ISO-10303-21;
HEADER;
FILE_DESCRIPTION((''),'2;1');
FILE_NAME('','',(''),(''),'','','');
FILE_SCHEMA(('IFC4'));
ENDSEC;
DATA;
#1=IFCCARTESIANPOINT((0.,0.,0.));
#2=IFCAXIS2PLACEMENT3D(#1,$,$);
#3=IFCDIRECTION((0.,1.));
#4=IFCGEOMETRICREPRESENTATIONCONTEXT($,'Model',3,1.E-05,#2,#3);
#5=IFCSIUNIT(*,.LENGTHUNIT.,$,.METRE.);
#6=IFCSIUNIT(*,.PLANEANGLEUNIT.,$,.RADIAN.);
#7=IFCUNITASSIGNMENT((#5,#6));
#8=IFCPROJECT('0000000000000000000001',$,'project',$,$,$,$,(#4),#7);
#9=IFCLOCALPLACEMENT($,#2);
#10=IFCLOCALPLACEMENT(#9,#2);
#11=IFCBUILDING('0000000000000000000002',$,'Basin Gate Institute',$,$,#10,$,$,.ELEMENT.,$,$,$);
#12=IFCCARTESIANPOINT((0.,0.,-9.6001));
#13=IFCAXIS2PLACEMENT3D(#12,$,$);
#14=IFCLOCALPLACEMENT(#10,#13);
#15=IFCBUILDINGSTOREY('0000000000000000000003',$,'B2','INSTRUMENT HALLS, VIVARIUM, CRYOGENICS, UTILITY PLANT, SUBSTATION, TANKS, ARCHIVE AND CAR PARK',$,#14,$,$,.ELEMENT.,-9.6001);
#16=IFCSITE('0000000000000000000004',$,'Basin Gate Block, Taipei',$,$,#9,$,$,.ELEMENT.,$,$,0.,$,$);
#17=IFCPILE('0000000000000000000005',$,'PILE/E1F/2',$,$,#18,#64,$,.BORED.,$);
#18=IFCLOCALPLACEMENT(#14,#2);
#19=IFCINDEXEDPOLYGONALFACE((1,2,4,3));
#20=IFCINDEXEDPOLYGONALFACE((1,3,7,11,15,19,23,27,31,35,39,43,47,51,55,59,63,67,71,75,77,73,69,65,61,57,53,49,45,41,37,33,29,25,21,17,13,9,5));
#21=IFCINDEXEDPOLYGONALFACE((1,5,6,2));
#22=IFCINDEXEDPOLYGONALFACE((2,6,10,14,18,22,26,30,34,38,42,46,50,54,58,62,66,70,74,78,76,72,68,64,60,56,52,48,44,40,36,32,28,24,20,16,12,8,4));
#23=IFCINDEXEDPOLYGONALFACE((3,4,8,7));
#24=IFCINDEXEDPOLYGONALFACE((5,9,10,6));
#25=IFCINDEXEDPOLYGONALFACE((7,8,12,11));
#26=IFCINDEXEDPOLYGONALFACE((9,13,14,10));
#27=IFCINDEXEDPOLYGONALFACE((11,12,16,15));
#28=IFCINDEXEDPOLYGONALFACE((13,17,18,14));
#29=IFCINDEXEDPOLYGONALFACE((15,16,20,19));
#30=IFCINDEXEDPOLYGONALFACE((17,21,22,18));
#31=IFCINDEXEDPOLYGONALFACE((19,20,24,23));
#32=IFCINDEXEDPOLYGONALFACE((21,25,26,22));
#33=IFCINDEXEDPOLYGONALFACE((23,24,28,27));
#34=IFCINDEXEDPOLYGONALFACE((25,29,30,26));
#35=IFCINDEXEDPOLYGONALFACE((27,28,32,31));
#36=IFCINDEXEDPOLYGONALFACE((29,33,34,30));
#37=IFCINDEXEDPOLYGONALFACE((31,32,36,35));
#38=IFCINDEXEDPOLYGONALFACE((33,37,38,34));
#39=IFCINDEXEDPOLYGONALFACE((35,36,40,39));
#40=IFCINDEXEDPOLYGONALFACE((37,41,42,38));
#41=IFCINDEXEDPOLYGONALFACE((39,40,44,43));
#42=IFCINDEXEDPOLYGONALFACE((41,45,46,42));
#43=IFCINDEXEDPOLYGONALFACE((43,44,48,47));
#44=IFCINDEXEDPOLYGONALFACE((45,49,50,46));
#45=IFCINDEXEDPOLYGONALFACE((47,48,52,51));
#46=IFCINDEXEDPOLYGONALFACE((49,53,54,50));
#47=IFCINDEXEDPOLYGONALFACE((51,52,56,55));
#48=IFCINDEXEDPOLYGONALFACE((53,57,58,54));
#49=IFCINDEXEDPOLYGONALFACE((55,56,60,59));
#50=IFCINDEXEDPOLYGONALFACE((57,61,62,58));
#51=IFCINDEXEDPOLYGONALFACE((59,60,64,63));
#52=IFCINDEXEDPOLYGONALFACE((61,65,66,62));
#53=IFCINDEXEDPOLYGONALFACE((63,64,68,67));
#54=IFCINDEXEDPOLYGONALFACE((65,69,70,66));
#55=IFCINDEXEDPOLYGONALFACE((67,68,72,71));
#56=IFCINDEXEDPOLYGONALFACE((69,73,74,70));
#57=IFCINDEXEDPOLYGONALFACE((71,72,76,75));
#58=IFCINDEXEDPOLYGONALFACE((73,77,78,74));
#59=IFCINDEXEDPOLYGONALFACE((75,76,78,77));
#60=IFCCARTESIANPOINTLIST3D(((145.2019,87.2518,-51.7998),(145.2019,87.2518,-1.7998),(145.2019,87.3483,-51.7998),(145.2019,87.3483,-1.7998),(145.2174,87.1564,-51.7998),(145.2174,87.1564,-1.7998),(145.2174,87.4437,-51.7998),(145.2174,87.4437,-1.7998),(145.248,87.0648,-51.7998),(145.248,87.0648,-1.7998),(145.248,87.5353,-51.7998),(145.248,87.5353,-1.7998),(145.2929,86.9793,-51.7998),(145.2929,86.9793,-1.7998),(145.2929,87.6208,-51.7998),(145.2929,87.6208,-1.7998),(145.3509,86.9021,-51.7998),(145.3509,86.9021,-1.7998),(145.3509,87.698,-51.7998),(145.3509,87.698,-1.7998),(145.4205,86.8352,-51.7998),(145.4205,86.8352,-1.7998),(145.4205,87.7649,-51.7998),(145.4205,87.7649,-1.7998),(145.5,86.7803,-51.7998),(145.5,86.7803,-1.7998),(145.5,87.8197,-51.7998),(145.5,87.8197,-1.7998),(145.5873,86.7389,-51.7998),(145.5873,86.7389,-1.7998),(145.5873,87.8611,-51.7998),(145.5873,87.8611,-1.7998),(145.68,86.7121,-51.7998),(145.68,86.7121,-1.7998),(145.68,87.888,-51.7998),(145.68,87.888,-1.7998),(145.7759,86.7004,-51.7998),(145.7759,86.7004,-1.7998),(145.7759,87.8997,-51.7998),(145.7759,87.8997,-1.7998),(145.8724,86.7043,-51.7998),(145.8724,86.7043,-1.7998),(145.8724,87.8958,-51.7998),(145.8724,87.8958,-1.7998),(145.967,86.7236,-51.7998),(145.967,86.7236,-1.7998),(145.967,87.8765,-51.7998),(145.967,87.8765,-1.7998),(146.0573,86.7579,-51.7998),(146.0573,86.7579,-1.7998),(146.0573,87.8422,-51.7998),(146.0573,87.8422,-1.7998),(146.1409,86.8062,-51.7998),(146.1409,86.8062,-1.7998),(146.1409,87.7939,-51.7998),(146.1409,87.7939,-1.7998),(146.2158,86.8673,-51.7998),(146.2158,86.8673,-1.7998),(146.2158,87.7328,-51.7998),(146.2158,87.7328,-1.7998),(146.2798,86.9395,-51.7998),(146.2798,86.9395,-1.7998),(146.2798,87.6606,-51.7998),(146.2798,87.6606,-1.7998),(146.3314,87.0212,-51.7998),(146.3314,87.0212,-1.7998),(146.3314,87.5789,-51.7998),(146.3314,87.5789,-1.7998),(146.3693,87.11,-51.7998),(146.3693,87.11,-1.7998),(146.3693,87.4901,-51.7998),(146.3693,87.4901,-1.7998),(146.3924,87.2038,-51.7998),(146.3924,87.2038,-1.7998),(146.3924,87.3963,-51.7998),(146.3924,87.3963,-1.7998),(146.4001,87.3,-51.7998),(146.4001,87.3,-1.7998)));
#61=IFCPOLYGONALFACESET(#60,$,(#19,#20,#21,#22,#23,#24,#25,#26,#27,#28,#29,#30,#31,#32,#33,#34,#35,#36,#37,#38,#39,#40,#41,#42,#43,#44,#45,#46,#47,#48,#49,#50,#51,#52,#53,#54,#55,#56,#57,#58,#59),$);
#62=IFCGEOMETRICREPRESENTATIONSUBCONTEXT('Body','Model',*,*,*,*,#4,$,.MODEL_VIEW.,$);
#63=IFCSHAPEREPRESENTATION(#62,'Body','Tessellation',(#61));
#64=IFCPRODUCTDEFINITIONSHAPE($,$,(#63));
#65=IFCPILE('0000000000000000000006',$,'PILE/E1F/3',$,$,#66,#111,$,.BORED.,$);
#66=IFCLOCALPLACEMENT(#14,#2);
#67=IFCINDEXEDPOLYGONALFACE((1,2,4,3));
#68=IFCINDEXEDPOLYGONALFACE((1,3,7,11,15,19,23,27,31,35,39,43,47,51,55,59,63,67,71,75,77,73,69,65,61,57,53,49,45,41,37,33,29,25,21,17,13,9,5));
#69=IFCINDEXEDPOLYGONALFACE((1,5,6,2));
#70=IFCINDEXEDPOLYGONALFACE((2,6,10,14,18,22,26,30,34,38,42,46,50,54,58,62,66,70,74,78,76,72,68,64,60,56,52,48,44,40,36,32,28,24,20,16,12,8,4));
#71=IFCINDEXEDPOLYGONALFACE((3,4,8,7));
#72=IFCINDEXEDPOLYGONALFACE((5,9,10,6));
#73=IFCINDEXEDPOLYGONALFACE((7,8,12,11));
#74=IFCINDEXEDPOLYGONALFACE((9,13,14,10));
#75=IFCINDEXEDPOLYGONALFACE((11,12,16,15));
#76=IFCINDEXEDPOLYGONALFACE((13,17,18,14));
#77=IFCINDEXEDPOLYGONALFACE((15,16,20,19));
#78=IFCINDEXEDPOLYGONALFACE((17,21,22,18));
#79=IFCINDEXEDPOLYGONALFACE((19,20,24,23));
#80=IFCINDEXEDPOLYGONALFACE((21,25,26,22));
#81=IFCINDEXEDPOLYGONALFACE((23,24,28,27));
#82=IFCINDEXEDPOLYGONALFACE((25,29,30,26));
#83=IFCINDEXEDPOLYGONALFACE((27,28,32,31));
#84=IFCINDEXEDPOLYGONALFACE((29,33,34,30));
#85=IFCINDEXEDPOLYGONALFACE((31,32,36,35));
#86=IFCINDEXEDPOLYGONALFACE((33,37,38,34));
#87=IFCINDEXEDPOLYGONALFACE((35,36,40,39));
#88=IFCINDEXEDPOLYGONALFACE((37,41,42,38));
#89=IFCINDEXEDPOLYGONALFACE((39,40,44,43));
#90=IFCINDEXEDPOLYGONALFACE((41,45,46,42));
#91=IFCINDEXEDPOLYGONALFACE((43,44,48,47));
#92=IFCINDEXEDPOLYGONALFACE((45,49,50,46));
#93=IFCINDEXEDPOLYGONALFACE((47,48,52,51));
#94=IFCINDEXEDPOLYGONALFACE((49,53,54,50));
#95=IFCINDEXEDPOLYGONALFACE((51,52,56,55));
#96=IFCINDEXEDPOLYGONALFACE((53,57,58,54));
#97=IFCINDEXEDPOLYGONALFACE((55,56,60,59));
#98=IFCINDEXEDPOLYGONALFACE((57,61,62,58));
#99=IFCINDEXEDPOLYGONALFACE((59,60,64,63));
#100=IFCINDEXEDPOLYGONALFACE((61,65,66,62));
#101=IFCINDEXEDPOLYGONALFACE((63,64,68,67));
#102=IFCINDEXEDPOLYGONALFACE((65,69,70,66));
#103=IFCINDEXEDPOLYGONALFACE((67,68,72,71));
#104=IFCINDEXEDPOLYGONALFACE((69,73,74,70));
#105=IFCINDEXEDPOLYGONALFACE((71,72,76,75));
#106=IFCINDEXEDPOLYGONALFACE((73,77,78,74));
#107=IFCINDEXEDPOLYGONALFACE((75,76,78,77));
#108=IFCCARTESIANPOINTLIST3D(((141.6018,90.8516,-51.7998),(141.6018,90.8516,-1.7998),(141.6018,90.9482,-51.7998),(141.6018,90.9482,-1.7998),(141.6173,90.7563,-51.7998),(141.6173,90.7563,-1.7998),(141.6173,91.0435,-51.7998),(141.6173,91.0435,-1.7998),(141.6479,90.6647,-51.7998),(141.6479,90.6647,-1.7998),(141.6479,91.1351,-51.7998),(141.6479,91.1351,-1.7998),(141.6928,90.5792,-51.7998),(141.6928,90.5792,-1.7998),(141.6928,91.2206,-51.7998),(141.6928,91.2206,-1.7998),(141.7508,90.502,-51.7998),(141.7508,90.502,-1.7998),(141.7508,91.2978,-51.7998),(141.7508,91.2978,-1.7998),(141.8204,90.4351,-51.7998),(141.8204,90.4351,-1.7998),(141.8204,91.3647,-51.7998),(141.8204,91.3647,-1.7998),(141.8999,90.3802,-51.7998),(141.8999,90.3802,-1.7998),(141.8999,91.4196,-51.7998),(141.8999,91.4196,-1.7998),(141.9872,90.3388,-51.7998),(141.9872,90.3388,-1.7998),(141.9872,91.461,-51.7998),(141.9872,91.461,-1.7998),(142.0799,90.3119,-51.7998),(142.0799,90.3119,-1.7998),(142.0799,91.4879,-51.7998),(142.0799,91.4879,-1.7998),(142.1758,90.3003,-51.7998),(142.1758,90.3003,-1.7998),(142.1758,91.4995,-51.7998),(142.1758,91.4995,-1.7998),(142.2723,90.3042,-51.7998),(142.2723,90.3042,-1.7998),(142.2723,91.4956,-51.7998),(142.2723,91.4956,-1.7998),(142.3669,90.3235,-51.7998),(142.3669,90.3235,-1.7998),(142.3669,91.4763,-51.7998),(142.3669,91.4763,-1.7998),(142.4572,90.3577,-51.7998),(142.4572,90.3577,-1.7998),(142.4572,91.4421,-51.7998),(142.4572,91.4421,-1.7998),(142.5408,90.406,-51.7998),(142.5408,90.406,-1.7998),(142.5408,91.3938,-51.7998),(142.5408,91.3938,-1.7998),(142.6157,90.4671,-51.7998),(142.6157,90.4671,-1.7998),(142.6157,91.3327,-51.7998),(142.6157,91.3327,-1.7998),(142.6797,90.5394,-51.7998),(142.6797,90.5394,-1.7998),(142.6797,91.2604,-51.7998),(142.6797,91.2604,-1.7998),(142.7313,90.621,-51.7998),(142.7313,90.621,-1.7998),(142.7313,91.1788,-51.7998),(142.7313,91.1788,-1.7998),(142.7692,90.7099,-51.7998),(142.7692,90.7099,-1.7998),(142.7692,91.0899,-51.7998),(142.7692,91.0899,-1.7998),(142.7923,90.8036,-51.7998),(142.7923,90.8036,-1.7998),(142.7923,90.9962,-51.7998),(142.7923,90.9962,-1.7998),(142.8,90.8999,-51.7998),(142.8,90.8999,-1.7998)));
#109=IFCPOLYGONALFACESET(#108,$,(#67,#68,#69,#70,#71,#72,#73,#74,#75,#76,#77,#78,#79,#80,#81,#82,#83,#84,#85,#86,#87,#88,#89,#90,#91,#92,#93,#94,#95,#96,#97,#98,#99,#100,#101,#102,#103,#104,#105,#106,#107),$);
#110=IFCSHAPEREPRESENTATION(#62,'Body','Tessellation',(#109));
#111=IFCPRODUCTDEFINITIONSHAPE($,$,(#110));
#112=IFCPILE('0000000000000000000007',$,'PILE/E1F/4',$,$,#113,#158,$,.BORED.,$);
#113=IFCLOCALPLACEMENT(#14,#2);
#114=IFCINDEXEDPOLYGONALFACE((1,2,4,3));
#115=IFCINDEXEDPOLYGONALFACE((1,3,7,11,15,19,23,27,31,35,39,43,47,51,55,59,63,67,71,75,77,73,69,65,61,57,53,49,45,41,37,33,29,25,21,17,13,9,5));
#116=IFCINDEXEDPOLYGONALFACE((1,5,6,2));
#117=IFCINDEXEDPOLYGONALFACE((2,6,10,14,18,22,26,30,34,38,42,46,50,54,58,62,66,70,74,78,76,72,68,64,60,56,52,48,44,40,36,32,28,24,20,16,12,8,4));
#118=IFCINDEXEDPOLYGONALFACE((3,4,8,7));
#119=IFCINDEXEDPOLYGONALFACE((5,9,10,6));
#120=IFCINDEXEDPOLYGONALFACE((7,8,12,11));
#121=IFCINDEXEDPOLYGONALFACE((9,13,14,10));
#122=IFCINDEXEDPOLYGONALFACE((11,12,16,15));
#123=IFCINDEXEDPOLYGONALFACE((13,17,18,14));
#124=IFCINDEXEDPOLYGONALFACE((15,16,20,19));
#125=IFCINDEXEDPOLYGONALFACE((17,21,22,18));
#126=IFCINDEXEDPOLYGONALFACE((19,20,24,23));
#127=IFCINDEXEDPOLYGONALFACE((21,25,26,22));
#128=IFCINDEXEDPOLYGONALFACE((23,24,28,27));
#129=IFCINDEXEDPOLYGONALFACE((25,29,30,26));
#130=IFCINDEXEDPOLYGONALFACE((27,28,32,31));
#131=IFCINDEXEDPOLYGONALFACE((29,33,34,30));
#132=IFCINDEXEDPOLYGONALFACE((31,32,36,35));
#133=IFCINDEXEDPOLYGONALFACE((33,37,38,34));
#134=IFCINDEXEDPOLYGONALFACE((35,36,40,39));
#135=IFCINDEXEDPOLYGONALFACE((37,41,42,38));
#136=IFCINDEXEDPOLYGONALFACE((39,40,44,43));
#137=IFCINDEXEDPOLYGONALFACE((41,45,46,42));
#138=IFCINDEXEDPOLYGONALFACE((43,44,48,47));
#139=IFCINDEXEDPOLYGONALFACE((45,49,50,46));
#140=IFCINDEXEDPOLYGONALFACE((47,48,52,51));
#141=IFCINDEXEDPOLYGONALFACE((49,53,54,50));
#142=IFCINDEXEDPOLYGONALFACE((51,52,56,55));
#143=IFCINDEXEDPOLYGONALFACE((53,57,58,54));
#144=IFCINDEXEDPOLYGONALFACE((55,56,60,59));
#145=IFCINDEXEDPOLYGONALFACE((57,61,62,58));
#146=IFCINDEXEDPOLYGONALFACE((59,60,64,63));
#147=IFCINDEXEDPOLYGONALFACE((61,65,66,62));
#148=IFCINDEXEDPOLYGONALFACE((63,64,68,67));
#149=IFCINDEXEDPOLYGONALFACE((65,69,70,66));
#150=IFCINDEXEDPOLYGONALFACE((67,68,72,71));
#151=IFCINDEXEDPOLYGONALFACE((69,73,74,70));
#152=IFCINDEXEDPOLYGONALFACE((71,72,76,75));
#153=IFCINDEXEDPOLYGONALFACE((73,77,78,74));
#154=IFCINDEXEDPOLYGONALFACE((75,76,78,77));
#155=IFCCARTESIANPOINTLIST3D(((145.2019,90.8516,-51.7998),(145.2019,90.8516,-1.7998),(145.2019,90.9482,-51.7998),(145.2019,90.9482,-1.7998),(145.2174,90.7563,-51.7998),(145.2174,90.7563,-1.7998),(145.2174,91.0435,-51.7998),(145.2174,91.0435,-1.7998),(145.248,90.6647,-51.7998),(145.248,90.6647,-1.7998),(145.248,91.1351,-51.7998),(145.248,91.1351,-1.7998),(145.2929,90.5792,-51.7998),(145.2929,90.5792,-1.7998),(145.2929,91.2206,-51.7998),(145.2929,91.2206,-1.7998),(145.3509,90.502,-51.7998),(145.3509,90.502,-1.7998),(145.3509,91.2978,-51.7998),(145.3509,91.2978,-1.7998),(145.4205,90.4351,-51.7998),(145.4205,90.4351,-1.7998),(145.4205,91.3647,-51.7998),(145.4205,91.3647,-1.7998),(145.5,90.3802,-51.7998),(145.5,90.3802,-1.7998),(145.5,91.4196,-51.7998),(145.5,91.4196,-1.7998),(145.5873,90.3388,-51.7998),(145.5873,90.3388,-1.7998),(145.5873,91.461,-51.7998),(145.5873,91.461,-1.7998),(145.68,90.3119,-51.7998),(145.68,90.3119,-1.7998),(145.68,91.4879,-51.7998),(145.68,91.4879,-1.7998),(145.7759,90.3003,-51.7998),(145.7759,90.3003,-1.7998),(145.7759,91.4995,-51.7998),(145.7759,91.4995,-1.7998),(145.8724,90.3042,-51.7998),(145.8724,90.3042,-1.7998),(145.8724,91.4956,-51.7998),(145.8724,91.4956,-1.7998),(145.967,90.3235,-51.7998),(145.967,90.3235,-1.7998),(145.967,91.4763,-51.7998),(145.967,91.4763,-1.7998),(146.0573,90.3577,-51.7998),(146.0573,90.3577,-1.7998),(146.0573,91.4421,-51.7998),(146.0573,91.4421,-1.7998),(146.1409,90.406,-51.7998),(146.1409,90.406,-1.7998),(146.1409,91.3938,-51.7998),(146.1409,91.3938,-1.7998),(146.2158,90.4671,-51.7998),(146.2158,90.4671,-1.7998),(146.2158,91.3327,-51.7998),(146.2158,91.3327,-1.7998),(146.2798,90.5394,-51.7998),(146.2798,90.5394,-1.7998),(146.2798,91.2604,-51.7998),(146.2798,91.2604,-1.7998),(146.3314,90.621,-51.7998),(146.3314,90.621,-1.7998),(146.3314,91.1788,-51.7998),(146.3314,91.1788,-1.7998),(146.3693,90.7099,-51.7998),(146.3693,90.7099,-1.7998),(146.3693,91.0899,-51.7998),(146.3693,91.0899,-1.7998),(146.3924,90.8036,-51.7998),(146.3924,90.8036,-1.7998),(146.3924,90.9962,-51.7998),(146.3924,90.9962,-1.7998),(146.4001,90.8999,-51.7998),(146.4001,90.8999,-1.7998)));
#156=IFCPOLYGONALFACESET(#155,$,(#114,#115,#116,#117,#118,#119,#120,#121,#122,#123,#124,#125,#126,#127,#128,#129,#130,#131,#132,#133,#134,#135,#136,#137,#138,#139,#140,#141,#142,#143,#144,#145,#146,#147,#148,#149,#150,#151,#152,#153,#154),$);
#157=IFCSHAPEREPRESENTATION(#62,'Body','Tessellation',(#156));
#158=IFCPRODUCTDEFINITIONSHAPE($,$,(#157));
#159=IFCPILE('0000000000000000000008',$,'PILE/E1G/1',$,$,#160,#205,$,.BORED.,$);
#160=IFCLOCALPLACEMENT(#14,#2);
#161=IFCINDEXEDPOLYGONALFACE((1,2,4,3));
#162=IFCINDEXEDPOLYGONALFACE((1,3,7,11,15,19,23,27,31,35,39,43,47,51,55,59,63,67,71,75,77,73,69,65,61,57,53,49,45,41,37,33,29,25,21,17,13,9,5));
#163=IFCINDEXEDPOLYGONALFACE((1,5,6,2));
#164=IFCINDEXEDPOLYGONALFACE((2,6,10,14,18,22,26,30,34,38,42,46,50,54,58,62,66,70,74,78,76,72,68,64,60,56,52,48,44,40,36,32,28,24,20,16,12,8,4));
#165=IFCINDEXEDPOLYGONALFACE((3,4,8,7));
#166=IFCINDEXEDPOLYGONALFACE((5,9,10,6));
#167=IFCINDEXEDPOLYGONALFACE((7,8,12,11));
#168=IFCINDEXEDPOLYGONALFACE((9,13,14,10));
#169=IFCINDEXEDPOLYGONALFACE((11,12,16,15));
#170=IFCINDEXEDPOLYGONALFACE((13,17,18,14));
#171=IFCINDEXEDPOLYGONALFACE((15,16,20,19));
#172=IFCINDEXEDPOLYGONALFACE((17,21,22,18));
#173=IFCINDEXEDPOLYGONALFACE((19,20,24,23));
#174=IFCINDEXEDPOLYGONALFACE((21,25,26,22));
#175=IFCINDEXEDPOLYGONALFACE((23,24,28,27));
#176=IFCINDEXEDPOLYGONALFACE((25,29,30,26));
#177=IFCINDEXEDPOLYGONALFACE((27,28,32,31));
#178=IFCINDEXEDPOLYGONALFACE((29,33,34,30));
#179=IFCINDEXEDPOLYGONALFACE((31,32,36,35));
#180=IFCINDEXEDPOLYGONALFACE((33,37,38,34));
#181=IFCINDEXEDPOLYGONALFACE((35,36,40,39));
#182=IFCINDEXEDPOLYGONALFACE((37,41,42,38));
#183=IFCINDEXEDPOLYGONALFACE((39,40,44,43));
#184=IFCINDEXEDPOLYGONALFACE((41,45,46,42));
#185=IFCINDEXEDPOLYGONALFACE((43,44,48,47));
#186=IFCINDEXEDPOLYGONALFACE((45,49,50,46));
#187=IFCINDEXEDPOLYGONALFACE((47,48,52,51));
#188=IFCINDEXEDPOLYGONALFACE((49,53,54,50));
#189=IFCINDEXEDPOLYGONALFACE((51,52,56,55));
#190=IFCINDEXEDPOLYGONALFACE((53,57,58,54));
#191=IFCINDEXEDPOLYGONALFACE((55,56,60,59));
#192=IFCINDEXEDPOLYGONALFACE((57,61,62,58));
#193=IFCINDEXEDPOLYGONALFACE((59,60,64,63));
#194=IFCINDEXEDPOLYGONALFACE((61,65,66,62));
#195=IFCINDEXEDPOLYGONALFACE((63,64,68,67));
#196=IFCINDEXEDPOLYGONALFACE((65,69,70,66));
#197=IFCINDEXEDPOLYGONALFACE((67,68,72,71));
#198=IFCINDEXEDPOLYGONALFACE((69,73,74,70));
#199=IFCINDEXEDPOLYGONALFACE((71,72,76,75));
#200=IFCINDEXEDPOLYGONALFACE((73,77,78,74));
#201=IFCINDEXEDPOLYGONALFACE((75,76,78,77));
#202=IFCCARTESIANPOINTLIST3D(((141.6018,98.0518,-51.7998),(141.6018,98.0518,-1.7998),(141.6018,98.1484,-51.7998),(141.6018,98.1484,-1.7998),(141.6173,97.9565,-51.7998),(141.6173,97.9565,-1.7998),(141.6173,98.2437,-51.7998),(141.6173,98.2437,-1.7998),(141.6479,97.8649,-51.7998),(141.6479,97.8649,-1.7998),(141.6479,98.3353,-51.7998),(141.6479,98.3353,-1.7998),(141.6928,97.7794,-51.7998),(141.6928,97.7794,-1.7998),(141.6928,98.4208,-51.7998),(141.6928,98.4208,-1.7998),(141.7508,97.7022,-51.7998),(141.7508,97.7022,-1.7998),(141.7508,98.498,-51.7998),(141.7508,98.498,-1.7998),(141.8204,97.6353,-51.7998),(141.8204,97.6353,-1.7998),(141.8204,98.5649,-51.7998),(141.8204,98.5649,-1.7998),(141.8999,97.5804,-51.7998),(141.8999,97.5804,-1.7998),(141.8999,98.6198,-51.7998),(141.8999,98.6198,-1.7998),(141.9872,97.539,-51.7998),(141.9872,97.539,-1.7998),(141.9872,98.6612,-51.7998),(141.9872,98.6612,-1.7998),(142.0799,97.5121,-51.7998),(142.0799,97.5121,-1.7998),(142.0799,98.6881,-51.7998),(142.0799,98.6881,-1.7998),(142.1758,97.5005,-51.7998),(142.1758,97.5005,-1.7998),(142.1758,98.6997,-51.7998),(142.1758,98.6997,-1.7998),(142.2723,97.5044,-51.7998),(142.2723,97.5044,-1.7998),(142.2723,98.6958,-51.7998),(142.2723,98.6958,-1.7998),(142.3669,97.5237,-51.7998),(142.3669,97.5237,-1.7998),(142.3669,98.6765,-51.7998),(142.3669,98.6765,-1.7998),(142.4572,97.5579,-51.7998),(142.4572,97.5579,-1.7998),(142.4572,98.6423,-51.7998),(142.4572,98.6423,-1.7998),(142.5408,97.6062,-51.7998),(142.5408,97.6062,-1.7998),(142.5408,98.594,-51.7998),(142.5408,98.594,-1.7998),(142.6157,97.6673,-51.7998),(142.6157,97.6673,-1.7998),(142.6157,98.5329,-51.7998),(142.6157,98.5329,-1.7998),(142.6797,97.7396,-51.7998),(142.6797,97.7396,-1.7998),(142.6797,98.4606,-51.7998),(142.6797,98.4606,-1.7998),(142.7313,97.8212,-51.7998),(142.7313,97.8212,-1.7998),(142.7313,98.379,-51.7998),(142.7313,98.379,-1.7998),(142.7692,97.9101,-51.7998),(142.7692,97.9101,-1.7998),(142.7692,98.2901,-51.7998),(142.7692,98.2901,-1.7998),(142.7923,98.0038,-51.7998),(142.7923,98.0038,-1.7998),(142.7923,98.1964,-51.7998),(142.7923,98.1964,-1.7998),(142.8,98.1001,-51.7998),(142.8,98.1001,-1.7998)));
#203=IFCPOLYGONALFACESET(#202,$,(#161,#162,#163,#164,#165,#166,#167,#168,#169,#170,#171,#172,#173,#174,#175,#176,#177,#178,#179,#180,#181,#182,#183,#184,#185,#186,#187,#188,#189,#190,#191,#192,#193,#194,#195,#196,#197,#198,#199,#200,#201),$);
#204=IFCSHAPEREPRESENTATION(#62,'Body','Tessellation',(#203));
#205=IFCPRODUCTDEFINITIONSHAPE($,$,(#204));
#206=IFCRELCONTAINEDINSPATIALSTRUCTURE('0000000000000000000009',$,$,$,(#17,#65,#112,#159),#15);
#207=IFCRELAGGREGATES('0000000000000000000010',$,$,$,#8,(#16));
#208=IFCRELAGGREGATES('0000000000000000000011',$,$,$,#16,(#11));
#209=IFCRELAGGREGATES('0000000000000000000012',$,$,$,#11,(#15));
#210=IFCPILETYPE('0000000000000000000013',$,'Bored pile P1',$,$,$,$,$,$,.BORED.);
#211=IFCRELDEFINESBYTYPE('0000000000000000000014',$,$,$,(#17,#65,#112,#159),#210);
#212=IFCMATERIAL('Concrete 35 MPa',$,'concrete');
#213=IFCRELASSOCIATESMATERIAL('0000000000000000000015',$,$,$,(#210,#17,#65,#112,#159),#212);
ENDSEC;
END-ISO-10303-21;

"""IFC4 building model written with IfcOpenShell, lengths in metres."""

from ifc_helpers import new_model, si_unit, direction, frame, origin, origin_2d, place, context, subcontext, project, spatial, circle, extrude, material, material_profile, profile_set, type_object, element, save


model = new_model("IFC4")

# Units and contexts
model_context = context("Model", 3, precision=1e-05, world=origin(), true_north=direction((0.0, 1.0)))
body_context = subcontext(model_context, "Body", "Model", "MODEL_VIEW")
ifc_project = project(units=[si_unit("LENGTHUNIT", "METRE"), si_unit("PLANEANGLEUNIT", "RADIAN")], contexts=[model_context])

# Site, building, storey
site_placement = place(None, origin())
site = spatial("IfcSite", under=ifc_project, at=site_placement, Name="Basin Gate Block, Taipei", CompositionType="ELEMENT", RefElevation=0.0)
building_placement = place(site_placement, origin())
building = spatial("IfcBuilding", under=site, at=building_placement, Name="Basin Gate Institute", CompositionType="ELEMENT")
storey_placement = place(building_placement, frame((0.0, 0.0, -9.6001)))
storey = spatial("IfcBuildingStorey", under=building, at=storey_placement, Name="B2", Description="INSTRUMENT HALLS, VIVARIUM, CRYOGENICS, UTILITY PLANT, SUBSTATION, TANKS, ARCHIVE AND CAR PARK", CompositionType="ELEMENT", Elevation=-9.6001)

# Piles
ifc_material_1 = material(Name="Concrete 35 MPa", Category="concrete")
ifc_material_profile_1 = material_profile(ifc_material_1, circle(Radius=0.6001, at=origin_2d()), Name="Bored pile P1 1200 dia")
ifc_profile_set_1 = profile_set([ifc_material_profile_1], Name="Concrete 35 MPa")
pile_type = type_object("IfcPileType", Name="Bored pile P1", PredefinedType="BORED", material=ifc_profile_set_1)
for number, where, z_axis, x_axis, name in (
    (1, (145.8, 87.3, -1.7998), (0.0, 0.0, -1.0), (1.0, 0.0, 0.0), "PILE/E1F/2"),
    (2, (142.2, 90.8999, -1.7998), (0.0, 0.0, -1.0), (1.0, 0.0, 0.0), "PILE/E1F/3"),
    (3, (145.8, 90.8999, -1.7998), (0.0, 0.0, -1.0), (1.0, 0.0, 0.0), "PILE/E1F/4"),
    (4, (142.2, 98.1001, -1.7998), (0.0, 0.0, -1.0), (1.0, 0.0, 0.0), "PILE/E1G/1"),
):
    element("IfcPile", number, at=place(storey_placement, frame(where, z_axis=z_axis, x_axis=x_axis)), inside=storey, type_object=pile_type, material=ifc_profile_set_1, Name=name, PredefinedType="BORED", context=body_context, shape_type="SweptSolid", body=[
        extrude(circle(Radius=0.6001, at=origin_2d()), origin(), (0.0, 0.0, 1.0), 50.0),
    ])

save(model, "model.ifc")
